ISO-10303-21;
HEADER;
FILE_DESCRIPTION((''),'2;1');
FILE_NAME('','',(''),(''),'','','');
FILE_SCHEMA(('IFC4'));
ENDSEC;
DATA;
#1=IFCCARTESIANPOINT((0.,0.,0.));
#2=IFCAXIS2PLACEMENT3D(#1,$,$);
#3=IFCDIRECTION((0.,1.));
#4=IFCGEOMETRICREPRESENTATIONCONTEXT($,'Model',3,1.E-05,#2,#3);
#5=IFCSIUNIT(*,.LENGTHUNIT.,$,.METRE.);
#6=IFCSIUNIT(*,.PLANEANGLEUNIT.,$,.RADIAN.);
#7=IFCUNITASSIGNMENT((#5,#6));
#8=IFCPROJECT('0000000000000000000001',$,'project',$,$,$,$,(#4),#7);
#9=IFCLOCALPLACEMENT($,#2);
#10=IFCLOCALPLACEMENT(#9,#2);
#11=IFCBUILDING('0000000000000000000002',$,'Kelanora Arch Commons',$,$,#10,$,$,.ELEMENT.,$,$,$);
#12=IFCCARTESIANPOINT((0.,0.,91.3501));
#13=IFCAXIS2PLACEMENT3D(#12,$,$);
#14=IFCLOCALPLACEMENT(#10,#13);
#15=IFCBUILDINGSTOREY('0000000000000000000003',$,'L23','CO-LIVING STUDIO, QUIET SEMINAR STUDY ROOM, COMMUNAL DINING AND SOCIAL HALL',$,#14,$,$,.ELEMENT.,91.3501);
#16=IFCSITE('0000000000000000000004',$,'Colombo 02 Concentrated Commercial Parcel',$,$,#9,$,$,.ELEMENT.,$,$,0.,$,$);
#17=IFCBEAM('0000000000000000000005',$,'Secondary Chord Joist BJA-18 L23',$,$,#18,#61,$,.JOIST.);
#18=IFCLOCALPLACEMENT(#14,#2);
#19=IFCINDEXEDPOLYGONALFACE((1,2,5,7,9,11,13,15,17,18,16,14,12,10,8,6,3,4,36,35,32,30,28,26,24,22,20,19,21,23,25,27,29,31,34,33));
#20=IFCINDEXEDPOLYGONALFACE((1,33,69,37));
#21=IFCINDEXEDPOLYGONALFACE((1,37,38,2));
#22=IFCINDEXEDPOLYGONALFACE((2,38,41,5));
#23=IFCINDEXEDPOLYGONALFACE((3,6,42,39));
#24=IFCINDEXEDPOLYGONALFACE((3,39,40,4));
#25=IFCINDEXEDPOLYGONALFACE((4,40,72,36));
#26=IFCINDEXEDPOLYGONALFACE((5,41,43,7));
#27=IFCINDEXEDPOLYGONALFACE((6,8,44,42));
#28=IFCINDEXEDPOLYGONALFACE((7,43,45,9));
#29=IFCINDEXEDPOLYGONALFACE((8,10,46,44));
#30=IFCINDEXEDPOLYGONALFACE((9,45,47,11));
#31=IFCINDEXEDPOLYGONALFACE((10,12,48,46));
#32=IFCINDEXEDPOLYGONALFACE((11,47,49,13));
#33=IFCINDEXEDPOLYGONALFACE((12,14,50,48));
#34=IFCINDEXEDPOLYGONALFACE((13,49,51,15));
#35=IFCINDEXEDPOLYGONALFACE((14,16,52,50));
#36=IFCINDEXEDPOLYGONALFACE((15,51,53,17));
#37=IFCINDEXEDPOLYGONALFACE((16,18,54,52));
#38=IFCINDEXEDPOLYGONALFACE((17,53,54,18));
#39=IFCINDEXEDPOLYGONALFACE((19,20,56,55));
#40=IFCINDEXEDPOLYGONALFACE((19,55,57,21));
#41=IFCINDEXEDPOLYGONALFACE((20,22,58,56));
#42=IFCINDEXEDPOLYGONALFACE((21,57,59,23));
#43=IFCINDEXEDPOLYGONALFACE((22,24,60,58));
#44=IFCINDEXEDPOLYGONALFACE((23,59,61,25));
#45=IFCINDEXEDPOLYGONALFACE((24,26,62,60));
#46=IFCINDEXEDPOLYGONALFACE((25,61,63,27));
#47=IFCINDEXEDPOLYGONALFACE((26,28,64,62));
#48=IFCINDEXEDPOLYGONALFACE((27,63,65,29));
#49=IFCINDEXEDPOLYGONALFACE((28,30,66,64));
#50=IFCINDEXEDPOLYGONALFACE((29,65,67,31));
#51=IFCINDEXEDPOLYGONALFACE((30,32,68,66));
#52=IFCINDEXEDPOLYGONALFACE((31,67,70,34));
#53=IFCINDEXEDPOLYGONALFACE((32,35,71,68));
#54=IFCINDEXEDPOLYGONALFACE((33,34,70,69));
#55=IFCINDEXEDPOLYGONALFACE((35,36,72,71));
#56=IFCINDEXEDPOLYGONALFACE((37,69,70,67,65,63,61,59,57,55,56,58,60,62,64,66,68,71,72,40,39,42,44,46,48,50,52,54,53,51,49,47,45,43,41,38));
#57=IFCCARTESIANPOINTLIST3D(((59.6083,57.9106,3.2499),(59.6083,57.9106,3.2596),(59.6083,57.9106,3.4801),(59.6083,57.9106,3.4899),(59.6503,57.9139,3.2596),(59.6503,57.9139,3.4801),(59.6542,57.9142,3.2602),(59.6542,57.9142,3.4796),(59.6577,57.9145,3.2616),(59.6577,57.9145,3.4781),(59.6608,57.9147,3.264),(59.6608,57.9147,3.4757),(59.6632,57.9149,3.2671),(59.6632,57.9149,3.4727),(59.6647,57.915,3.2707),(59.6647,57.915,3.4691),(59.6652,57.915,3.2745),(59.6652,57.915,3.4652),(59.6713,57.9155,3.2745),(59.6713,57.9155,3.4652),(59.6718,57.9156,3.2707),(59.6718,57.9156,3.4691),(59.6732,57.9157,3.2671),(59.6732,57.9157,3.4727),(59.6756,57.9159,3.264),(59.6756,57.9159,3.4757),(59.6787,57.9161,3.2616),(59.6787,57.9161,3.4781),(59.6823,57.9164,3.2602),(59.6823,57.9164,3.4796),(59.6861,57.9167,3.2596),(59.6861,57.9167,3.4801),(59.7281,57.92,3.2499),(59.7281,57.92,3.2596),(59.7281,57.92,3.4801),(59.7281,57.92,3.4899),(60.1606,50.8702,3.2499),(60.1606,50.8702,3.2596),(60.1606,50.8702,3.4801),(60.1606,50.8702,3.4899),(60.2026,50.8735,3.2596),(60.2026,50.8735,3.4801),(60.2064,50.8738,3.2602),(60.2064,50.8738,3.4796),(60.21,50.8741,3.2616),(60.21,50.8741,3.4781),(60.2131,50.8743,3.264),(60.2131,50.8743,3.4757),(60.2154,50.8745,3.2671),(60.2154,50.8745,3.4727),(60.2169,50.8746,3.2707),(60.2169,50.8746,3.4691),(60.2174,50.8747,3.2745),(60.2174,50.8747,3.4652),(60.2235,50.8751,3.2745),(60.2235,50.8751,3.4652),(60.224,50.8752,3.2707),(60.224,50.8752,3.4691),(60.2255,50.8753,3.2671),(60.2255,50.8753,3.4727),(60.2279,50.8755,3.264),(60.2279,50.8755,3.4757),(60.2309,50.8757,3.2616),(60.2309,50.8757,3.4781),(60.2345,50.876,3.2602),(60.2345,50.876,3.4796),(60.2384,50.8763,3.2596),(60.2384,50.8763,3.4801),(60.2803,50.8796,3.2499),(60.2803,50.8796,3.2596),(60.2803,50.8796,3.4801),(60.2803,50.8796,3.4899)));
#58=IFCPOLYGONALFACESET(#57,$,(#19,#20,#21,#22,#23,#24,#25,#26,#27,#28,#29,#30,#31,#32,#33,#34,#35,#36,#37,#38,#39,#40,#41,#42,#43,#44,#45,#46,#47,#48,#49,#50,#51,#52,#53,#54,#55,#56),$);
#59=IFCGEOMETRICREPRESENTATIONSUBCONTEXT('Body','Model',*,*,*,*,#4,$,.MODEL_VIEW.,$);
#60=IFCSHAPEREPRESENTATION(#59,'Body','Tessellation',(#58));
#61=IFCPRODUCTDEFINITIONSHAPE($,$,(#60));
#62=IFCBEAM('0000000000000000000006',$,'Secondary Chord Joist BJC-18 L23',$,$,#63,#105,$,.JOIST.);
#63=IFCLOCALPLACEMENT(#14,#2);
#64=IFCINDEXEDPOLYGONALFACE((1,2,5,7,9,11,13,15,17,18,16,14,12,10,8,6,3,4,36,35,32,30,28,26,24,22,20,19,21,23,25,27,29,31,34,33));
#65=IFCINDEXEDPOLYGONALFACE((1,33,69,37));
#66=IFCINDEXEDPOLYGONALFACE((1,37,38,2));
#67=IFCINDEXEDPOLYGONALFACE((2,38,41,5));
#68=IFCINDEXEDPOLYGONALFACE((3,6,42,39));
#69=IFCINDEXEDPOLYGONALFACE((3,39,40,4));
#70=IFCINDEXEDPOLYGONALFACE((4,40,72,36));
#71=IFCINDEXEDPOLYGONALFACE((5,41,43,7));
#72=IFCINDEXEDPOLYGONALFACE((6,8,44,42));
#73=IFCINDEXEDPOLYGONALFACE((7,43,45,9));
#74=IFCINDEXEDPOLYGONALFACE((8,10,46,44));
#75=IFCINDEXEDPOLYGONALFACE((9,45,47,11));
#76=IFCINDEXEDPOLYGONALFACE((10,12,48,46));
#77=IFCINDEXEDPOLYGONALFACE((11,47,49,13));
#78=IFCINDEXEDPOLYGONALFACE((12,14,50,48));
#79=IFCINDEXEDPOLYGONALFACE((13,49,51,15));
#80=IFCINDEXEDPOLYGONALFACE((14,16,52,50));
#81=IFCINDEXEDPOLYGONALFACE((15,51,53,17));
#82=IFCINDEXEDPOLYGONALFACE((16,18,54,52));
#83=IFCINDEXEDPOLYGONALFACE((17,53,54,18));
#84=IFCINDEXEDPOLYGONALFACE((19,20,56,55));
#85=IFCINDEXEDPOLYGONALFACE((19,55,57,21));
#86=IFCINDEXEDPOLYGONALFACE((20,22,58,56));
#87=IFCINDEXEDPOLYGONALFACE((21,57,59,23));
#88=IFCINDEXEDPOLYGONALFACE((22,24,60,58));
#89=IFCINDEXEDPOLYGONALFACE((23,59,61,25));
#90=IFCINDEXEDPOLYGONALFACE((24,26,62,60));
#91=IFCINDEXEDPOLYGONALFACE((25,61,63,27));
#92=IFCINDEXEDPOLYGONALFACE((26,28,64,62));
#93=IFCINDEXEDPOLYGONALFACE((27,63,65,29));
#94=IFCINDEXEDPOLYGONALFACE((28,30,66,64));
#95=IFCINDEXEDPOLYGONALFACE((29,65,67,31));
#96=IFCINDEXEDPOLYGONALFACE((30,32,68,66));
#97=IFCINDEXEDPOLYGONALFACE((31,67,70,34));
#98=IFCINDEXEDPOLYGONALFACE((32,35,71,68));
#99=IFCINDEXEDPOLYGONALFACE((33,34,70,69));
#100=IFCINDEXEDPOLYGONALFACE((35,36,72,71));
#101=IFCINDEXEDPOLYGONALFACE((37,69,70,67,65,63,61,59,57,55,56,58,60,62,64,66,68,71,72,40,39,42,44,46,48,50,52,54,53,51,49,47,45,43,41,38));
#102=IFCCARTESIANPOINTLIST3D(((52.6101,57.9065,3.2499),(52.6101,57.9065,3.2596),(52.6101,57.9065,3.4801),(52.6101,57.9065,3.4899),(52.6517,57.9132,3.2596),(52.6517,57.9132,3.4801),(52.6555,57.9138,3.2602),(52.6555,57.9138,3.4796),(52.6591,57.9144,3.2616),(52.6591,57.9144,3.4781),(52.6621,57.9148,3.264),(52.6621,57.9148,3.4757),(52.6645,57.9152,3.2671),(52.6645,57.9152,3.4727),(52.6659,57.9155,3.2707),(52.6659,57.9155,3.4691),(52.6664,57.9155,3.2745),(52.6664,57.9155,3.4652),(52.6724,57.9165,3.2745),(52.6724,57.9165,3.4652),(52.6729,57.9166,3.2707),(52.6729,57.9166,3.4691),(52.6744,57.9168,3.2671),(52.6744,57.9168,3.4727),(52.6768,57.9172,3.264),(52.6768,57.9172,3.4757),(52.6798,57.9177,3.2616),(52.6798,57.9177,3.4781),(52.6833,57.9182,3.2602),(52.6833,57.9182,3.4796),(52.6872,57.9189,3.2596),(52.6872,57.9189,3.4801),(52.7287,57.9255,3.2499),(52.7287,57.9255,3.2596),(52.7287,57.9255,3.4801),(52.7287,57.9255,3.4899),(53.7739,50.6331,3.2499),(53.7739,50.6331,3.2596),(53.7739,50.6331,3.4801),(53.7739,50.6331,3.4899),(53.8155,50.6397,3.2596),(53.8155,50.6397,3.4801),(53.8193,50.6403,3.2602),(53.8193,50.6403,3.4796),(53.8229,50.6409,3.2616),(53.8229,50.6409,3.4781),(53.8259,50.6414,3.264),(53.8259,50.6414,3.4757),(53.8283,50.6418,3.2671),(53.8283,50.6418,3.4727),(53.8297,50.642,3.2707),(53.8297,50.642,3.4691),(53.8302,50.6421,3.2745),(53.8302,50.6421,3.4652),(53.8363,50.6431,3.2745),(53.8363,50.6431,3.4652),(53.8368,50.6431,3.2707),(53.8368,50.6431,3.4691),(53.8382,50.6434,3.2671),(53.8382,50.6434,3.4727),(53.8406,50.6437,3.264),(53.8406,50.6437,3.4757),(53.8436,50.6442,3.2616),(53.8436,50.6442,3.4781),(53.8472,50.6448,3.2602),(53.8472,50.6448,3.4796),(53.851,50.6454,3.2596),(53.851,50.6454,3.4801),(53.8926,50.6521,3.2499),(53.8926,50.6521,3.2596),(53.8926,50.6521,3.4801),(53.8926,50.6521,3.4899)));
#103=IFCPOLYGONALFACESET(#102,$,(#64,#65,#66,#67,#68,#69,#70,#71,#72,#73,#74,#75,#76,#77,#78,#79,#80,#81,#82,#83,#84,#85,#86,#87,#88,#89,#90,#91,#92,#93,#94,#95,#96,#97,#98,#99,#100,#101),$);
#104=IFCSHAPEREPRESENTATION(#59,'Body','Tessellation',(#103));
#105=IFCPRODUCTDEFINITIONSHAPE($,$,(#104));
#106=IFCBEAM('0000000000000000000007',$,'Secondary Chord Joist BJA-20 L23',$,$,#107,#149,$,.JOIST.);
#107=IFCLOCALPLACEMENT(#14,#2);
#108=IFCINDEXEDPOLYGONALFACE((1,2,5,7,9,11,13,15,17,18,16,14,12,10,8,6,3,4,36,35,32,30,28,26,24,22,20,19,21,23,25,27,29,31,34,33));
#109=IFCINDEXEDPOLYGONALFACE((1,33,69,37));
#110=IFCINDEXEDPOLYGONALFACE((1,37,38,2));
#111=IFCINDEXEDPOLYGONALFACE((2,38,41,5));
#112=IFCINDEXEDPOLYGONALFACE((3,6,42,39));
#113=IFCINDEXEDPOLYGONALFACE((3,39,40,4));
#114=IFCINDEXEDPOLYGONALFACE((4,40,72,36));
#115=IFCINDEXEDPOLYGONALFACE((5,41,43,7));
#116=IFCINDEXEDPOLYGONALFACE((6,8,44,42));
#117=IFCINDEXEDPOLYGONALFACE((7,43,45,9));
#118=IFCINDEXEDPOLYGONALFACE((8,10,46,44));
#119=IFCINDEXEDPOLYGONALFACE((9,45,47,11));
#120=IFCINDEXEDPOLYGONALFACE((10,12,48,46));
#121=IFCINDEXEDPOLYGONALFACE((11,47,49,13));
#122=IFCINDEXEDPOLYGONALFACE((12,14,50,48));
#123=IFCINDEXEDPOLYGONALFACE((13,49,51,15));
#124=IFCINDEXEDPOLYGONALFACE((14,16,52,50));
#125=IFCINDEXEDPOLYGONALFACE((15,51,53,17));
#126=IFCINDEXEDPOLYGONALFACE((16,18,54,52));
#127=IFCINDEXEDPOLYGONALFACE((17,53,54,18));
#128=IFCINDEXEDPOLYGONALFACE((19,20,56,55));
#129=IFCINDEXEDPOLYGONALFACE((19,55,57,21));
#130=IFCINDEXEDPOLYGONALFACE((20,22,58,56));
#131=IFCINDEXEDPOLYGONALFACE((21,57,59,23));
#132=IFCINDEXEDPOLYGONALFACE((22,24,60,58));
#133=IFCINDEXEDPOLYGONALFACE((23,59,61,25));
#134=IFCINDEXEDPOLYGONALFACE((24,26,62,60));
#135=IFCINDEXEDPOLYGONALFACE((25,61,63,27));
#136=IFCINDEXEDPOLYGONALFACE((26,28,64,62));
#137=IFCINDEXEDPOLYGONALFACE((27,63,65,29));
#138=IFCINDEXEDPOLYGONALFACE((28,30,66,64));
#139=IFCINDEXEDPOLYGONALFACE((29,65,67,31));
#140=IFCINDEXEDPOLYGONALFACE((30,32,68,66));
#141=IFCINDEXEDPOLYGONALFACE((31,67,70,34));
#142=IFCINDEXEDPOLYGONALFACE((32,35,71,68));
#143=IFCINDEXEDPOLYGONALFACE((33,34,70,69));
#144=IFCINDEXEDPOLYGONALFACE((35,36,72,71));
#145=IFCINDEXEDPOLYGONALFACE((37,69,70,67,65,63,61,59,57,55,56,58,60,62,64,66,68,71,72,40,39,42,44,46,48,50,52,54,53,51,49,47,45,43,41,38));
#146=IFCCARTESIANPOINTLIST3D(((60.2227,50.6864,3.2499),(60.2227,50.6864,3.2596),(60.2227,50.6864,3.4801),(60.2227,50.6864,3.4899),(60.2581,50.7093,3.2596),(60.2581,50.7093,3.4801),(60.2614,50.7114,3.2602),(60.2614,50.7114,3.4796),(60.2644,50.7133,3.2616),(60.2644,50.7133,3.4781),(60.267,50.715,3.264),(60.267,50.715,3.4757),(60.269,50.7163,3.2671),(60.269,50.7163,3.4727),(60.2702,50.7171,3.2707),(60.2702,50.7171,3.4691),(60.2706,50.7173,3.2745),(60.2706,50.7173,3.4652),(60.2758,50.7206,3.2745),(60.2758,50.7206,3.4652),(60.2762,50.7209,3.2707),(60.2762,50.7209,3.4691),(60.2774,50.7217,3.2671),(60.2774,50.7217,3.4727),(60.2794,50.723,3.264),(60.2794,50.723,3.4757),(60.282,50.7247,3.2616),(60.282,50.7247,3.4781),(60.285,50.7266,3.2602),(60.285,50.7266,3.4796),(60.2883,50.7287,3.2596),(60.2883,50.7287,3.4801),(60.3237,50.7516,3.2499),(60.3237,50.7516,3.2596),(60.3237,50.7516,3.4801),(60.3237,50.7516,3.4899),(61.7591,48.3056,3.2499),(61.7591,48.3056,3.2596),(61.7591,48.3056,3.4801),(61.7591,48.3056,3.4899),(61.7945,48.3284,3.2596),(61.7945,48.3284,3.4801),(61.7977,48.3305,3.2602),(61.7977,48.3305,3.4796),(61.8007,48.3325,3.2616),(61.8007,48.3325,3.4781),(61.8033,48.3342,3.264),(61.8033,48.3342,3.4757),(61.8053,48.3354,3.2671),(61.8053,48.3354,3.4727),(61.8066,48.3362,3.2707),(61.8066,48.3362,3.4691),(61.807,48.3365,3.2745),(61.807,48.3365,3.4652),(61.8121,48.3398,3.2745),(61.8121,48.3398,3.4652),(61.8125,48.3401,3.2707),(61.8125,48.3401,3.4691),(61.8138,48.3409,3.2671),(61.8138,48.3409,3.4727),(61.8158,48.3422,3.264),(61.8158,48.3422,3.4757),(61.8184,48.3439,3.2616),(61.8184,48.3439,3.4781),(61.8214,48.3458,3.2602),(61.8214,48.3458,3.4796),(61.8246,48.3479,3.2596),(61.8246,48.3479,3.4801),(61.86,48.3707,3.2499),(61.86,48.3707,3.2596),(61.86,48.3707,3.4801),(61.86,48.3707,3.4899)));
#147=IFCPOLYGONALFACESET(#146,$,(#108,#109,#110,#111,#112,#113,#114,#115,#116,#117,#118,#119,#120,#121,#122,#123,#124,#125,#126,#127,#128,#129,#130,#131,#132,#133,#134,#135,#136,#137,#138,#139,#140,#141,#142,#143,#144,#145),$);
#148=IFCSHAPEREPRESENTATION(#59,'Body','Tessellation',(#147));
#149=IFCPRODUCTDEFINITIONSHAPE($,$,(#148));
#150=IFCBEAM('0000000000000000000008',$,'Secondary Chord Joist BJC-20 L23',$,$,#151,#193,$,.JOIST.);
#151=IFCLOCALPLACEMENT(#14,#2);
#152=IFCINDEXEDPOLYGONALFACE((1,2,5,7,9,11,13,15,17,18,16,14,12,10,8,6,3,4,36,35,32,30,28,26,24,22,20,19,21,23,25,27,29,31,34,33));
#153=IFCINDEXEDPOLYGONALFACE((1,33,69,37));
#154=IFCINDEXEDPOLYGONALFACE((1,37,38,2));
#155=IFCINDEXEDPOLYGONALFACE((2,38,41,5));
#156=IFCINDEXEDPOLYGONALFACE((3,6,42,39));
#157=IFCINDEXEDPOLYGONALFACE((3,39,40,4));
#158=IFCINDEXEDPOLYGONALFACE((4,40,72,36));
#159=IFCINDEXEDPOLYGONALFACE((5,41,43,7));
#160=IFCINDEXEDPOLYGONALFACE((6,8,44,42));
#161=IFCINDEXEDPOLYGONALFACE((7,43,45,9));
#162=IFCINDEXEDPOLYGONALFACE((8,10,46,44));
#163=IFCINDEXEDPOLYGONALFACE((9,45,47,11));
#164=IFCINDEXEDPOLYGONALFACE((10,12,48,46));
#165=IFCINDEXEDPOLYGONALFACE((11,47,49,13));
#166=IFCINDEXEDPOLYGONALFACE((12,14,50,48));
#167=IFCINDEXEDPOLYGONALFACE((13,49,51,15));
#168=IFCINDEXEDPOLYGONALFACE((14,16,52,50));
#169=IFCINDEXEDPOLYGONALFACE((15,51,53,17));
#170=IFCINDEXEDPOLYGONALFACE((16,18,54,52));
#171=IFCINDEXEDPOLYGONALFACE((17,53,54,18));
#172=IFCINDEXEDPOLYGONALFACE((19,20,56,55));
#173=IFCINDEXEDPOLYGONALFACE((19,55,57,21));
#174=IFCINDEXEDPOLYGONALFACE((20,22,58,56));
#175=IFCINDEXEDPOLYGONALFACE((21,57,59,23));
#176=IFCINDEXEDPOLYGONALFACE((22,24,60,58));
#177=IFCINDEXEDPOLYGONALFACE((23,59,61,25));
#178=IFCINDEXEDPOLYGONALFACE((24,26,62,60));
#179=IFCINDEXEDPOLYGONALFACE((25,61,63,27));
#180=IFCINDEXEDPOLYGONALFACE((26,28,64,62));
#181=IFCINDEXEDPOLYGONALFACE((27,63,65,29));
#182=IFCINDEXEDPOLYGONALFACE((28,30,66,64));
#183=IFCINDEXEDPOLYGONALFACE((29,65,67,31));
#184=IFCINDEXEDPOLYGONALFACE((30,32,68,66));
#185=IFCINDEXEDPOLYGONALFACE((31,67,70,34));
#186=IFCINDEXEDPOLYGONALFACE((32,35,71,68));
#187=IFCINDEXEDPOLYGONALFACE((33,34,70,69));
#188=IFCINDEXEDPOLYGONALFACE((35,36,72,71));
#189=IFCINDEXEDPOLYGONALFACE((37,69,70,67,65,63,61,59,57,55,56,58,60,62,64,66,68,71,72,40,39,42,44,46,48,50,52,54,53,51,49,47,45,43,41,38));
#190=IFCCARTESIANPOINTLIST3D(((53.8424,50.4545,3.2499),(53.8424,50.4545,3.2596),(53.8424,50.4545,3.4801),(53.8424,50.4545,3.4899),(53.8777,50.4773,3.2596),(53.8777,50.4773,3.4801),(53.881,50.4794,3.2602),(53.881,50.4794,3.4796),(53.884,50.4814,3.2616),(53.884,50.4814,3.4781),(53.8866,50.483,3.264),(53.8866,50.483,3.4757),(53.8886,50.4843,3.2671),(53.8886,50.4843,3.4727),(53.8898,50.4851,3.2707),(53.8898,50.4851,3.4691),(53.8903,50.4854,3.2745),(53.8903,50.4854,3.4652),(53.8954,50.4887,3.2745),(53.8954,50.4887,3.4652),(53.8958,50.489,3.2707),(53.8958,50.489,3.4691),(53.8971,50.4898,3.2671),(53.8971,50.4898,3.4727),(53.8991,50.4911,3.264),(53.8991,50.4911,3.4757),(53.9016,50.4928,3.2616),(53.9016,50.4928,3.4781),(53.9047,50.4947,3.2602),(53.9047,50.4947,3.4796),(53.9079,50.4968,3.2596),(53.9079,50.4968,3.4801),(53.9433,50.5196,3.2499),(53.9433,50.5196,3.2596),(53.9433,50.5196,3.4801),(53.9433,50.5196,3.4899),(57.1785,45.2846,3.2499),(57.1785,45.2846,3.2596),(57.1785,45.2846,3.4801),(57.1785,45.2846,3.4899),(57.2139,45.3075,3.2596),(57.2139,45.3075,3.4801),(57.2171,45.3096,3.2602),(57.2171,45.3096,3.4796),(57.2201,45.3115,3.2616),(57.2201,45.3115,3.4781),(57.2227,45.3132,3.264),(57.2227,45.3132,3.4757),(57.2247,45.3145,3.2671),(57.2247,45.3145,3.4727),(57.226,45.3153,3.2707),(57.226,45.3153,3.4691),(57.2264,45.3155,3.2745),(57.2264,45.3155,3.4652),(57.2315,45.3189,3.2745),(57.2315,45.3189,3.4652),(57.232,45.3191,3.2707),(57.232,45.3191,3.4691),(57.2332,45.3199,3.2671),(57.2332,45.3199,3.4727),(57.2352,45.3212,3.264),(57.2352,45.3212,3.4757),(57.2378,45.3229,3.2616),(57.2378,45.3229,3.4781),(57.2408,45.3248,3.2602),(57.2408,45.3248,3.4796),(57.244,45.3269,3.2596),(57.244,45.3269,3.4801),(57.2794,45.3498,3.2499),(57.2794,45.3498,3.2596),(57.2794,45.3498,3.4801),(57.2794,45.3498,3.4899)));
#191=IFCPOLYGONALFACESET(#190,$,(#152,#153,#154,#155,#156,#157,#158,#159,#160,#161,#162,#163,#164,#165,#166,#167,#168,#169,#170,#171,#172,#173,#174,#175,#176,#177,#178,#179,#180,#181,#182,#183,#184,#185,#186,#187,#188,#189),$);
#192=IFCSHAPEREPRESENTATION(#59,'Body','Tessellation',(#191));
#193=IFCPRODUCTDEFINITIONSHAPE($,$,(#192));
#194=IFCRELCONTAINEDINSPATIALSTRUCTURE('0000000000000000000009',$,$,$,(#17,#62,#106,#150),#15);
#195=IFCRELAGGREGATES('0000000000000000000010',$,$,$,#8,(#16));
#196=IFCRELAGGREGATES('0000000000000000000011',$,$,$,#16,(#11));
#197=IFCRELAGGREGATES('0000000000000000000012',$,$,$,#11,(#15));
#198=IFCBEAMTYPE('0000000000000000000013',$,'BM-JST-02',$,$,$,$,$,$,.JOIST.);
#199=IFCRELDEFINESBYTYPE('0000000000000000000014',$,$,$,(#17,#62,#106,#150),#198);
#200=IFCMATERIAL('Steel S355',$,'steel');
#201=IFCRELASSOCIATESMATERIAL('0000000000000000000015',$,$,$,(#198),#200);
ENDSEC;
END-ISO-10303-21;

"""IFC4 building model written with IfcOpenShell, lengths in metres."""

from ifc_helpers import new_model, si_unit, direction, frame, origin, origin_2d, place, context, subcontext, project, spatial, i_section, extrude, material, material_profile, profile_set, type_object, element, save


model = new_model("IFC4")

# Units and contexts
model_context = context("Model", 3, precision=1e-05, world=origin(), true_north=direction((0.0, 1.0)))
body_context = subcontext(model_context, "Body", "Model", "MODEL_VIEW")
ifc_project = project(units=[si_unit("LENGTHUNIT", "METRE"), si_unit("PLANEANGLEUNIT", "RADIAN")], contexts=[model_context])

# Site, building, storey
site_placement = place(None, origin())
site = spatial("IfcSite", under=ifc_project, at=site_placement, Name="Colombo 02 Concentrated Commercial Parcel", CompositionType="ELEMENT", RefElevation=0.0)
building_placement = place(site_placement, origin())
building = spatial("IfcBuilding", under=site, at=building_placement, Name="Kelanora Arch Commons", CompositionType="ELEMENT")
storey_placement = place(building_placement, frame((0.0, 0.0, 91.3501)))
storey = spatial("IfcBuildingStorey", under=building, at=storey_placement, Name="L23", Description="CO-LIVING STUDIO, QUIET SEMINAR STUDY ROOM, COMMUNAL DINING AND SOCIAL HALL", CompositionType="ELEMENT", Elevation=91.3501)

# Beams
ifc_material_1 = material(Name="Steel S355", Category="steel")
ifc_material_profile_1 = material_profile(ifc_material_1, i_section(OverallWidth=0.1201, OverallDepth=0.24, WebThickness=0.0061, FlangeThickness=0.0098, FilletRadius=0.0149, at=origin_2d()), Name="IPE240")
ifc_profile_set_1 = profile_set([ifc_material_profile_1], Name="Steel S355")
beam_type_1 = type_object("IfcBeamType", Name="BM-JST-02", PredefinedType="JOIST", material=ifc_profile_set_1)
beam_1_placement = place(storey_placement, frame((59.6682, 57.9153, 3.3699), z_axis=(0.078201, -0.996938, 0.0), x_axis=(0.996938, 0.078201, 0.0)))
element("IfcBeam", 1, at=beam_1_placement, inside=storey, type_object=beam_type_1, Name="Secondary Chord Joist BJA-18 L23", PredefinedType="JOIST", context=body_context, shape_type="SweptSolid", body=[
    extrude(i_section(OverallWidth=0.1201, OverallDepth=0.24, WebThickness=0.0061, FlangeThickness=0.0098, FilletRadius=0.0149, at=origin_2d()), origin(), (0.0, 0.0, 1.0), 7.062),
])
beam_2_placement = place(storey_placement, frame((52.6694, 57.916, 3.3699), z_axis=(0.158, -0.987439, 0.0), x_axis=(0.987439, 0.158, 0.0)))
element("IfcBeam", 2, at=beam_2_placement, inside=storey, type_object=beam_type_1, Name="Secondary Chord Joist BJC-18 L23", PredefinedType="JOIST", context=body_context, shape_type="SweptSolid", body=[
    extrude(i_section(OverallWidth=0.1201, OverallDepth=0.24, WebThickness=0.0061, FlangeThickness=0.0098, FilletRadius=0.0149, at=origin_2d()), origin(), (0.0, 0.0, 1.0), 7.366),
])
beam_3_placement = place(storey_placement, frame((60.2732, 50.719, 3.3699), z_axis=(0.542211, -0.840242, 0.0), x_axis=(0.840242, 0.542211, 0.0)))
element("IfcBeam", 3, at=beam_3_placement, inside=storey, type_object=beam_type_1, Name="Secondary Chord Joist BJA-20 L23", PredefinedType="JOIST", context=body_context, shape_type="SweptSolid", body=[
    extrude(i_section(OverallWidth=0.1201, OverallDepth=0.24, WebThickness=0.0061, FlangeThickness=0.0098, FilletRadius=0.0149, at=origin_2d()), origin(), (0.0, 0.0, 1.0), 2.8335),
])
beam_4_placement = place(storey_placement, frame((53.8928, 50.4871, 3.3699), z_axis=(0.542213, -0.840241, 0.0), x_axis=(0.840241, 0.542213, 0.0)))
element("IfcBeam", 4, at=beam_4_placement, inside=storey, type_object=beam_type_1, Name="Secondary Chord Joist BJC-20 L23", PredefinedType="JOIST", context=body_context, shape_type="SweptSolid", body=[
    extrude(i_section(OverallWidth=0.1201, OverallDepth=0.24, WebThickness=0.0061, FlangeThickness=0.0098, FilletRadius=0.0149, at=origin_2d()), origin(), (0.0, 0.0, 1.0), 6.1528),
])

save(model, "model.ifc")
